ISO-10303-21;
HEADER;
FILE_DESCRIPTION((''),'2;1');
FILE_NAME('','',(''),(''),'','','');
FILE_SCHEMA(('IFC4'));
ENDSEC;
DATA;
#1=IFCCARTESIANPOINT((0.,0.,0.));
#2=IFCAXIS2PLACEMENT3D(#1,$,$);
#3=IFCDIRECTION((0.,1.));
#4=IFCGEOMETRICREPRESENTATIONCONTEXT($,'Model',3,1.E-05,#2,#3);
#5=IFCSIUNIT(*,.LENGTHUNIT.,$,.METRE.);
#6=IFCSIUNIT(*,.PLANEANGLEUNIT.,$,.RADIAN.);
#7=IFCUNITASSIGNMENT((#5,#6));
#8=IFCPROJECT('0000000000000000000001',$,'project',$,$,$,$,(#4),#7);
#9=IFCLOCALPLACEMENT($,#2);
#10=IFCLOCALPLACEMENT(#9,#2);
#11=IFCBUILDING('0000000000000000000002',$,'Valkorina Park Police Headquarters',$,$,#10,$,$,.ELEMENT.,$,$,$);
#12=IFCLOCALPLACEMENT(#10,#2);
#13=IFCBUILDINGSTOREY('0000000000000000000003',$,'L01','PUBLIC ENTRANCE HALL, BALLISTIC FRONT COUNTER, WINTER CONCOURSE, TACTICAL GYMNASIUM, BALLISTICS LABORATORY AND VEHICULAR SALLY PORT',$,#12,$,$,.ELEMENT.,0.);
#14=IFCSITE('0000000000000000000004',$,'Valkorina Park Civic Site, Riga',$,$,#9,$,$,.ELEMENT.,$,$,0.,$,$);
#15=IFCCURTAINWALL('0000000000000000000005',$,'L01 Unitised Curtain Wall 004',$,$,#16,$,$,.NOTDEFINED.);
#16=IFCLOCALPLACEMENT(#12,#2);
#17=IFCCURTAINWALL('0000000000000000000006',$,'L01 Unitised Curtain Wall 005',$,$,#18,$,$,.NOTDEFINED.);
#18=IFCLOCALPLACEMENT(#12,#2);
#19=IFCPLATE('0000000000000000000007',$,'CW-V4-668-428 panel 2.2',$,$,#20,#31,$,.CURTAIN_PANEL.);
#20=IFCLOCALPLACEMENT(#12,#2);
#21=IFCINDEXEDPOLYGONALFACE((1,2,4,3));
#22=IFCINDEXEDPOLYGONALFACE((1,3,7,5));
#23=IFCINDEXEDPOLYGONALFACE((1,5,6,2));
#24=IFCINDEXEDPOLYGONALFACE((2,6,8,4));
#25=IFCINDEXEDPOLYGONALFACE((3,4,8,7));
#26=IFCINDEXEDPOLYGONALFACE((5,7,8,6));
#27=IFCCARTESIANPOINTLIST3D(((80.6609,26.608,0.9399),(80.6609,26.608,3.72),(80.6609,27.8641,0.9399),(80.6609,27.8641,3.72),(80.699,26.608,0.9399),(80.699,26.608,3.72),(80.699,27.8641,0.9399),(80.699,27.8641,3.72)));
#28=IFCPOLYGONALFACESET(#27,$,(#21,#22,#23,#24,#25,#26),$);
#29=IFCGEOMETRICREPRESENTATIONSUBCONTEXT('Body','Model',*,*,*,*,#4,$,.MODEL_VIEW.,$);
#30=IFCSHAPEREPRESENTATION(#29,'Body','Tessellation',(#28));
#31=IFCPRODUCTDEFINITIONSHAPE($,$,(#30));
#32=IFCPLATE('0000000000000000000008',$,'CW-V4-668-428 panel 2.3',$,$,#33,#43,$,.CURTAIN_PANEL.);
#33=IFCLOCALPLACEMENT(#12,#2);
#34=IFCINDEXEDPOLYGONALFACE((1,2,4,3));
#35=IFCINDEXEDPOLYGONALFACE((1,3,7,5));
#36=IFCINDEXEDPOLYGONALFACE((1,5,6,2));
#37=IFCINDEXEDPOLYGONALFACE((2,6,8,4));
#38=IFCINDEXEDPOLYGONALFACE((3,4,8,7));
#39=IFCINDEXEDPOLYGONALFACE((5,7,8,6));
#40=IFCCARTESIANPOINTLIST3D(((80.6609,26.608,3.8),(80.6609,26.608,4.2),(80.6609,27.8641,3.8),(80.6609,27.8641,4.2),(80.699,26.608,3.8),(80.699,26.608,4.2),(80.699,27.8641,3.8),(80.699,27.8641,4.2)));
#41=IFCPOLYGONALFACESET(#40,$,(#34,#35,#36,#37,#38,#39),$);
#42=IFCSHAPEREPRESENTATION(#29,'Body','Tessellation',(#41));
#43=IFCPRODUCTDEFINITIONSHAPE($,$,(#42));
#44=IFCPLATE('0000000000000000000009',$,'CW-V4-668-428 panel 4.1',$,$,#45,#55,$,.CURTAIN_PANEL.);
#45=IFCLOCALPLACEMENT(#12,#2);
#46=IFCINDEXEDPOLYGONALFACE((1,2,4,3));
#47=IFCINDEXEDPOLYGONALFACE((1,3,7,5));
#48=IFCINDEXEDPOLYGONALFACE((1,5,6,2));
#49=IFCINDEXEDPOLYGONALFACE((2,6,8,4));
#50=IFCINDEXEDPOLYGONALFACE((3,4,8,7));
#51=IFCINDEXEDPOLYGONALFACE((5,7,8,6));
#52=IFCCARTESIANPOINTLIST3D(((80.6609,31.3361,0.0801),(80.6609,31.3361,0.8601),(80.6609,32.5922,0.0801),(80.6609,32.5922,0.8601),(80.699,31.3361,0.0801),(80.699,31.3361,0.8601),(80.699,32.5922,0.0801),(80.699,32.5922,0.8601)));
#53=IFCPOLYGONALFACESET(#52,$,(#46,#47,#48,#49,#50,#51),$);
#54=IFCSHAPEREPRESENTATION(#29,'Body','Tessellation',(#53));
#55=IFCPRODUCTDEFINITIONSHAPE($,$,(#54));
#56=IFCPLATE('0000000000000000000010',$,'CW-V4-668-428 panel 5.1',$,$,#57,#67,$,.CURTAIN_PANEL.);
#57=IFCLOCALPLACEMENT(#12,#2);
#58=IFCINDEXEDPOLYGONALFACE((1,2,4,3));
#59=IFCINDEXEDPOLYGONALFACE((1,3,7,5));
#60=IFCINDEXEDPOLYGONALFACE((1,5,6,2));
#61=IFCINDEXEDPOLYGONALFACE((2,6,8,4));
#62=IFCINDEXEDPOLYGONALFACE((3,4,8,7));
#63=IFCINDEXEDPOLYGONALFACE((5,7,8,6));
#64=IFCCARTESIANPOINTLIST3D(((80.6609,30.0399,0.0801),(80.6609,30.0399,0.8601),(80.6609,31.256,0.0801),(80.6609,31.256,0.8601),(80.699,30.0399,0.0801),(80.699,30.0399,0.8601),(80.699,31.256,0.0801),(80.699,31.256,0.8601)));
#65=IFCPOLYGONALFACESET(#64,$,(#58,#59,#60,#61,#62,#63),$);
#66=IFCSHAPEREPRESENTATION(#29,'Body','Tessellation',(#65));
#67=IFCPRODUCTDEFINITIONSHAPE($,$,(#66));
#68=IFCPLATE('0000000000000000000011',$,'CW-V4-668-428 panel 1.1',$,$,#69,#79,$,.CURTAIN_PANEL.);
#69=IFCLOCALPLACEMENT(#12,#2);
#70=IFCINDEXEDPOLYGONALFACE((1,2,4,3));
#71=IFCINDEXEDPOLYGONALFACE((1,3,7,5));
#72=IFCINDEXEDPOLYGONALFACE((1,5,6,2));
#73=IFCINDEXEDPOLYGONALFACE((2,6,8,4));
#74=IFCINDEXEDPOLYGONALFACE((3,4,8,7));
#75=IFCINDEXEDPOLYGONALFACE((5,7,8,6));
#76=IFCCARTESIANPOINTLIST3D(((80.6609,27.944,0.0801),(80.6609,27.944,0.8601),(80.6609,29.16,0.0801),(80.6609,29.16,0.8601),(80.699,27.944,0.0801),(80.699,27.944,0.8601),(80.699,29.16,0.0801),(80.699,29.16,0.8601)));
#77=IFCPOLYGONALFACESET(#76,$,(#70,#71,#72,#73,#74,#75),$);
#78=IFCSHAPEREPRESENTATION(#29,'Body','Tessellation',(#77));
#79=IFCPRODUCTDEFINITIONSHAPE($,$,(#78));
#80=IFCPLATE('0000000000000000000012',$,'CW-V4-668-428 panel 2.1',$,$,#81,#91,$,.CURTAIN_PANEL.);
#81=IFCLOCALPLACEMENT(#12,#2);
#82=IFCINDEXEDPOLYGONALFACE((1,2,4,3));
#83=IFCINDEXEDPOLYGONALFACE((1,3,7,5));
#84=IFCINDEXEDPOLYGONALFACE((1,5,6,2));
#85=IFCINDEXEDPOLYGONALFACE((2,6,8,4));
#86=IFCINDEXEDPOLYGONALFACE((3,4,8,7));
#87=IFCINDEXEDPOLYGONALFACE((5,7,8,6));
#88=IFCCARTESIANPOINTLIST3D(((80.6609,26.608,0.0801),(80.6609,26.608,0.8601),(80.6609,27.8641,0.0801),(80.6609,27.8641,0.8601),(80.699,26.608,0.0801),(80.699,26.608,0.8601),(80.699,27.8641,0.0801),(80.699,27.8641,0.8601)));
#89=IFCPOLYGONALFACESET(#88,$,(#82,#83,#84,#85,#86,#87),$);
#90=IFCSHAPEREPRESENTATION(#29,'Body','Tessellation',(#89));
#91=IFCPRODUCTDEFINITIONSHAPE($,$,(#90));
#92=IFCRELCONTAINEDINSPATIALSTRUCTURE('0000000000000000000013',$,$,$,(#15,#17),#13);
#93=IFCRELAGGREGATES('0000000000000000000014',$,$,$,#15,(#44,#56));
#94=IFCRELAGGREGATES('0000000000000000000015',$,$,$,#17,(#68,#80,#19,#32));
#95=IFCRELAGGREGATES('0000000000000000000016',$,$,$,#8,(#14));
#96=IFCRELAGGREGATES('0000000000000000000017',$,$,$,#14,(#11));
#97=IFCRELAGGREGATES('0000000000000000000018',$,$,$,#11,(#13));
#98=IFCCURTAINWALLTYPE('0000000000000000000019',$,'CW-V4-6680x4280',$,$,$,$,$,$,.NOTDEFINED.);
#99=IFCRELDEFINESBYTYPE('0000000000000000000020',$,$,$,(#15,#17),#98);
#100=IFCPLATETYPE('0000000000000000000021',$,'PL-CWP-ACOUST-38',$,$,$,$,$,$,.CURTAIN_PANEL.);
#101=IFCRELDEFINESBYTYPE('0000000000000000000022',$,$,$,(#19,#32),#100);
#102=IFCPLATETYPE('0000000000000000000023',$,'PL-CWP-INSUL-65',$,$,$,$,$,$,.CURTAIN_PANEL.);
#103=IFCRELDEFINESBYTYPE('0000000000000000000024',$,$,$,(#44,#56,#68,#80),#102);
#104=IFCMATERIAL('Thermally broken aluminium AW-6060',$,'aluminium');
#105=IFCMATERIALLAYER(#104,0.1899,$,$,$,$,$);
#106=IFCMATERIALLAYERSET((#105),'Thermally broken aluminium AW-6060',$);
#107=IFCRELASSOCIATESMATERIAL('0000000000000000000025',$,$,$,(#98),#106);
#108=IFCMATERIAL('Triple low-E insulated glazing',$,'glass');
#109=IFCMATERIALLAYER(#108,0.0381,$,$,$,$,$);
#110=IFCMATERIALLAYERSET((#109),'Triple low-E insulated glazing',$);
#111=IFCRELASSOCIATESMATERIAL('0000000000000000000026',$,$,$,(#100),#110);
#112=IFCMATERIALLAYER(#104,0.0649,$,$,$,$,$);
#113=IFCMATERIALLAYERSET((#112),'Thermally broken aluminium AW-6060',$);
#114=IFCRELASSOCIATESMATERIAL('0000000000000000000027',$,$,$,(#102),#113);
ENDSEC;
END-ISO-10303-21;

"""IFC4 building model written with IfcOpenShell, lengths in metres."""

from ifc_helpers import new_model, si_unit, direction, frame, origin, origin_2d, place, context, subcontext, project, spatial, rectangle, extrude, material, layer, layer_set, type_object, element, aggregate, save


model = new_model("IFC4")

# Units and contexts
model_context = context("Model", 3, precision=1e-05, world=origin(), true_north=direction((0.0, 1.0)))
body_context = subcontext(model_context, "Body", "Model", "MODEL_VIEW")
ifc_project = project(units=[si_unit("LENGTHUNIT", "METRE"), si_unit("PLANEANGLEUNIT", "RADIAN")], contexts=[model_context])

# Site, building, storey
site_placement = place(None, origin())
site = spatial("IfcSite", under=ifc_project, at=site_placement, Name="Valkorina Park Civic Site, Riga", CompositionType="ELEMENT", RefElevation=0.0)
building_placement = place(site_placement, origin())
building = spatial("IfcBuilding", under=site, at=building_placement, Name="Valkorina Park Police Headquarters", CompositionType="ELEMENT")
storey_placement = place(building_placement, origin())
storey = spatial("IfcBuildingStorey", under=building, at=storey_placement, Name="L01", Description="PUBLIC ENTRANCE HALL, BALLISTIC FRONT COUNTER, WINTER CONCOURSE, TACTICAL GYMNASIUM, BALLISTICS LABORATORY AND VEHICULAR SALLY PORT", CompositionType="ELEMENT", Elevation=0.0)

# Curtain walls
ifc_material_1 = material(Name="Thermally broken aluminium AW-6060", Category="aluminium")
ifc_layer_1 = layer(ifc_material_1, 0.1899)
ifc_layer_set_1 = layer_set([ifc_layer_1], Name="Thermally broken aluminium AW-6060")
curtain_wall_type = type_object("IfcCurtainWallType", Name="CW-V4-6680x4280", PredefinedType="NOTDEFINED", material=ifc_layer_set_1)
curtain_wall_1_placement = place(storey_placement, origin())
curtain_wall_1 = element("IfcCurtainWall", 1, at=curtain_wall_1_placement, inside=storey, type_object=curtain_wall_type, Name="L01 Unitised Curtain Wall 004", PredefinedType="NOTDEFINED")
curtain_wall_2_placement = place(storey_placement, origin())
curtain_wall_2 = element("IfcCurtainWall", 2, at=curtain_wall_2_placement, inside=storey, type_object=curtain_wall_type, Name="L01 Unitised Curtain Wall 005", PredefinedType="NOTDEFINED")

# Plates
ifc_material_2 = material(Name="Triple low-E insulated glazing", Category="glass")
ifc_layer_2 = layer(ifc_material_2, 0.0381)
ifc_layer_set_2 = layer_set([ifc_layer_2], Name="Triple low-E insulated glazing")
plate_type_1 = type_object("IfcPlateType", Name="PL-CWP-ACOUST-38", PredefinedType="CURTAIN_PANEL", material=ifc_layer_set_2)
plate_1_placement = place(storey_placement, frame((80.6799, 27.2361, 0.9399), z_axis=(0.0, 0.0, 1.0), x_axis=(0.0, -1.0, 0.0)))
plate_1 = element("IfcPlate", 3, at=plate_1_placement, type_object=plate_type_1, Name="CW-V4-668-428 panel 2.2", PredefinedType="CURTAIN_PANEL", context=body_context, shape_type="SweptSolid", body=[
    extrude(rectangle(XDim=1.2561, YDim=0.0381, at=origin_2d()), origin(), (0.0, 0.0, 1.0), 2.78),
])
plate_2_placement = place(storey_placement, frame((80.6799, 27.2361, 3.8), z_axis=(0.0, 0.0, 1.0), x_axis=(0.0, -1.0, 0.0)))
plate_2 = element("IfcPlate", 4, at=plate_2_placement, type_object=plate_type_1, Name="CW-V4-668-428 panel 2.3", PredefinedType="CURTAIN_PANEL", context=body_context, shape_type="SweptSolid", body=[
    extrude(rectangle(XDim=1.2561, YDim=0.0381, at=origin_2d()), origin(), (0.0, 0.0, 1.0), 0.3999),
])
ifc_layer_3 = layer(ifc_material_1, 0.0649)
ifc_layer_set_3 = layer_set([ifc_layer_3], Name="Thermally broken aluminium AW-6060")
plate_type_2 = type_object("IfcPlateType", Name="PL-CWP-INSUL-65", PredefinedType="CURTAIN_PANEL", material=ifc_layer_set_3)
plate_3_placement = place(storey_placement, frame((80.6799, 31.9641, 0.0801), z_axis=(0.0, 0.0, 1.0), x_axis=(0.0, -1.0, 0.0)))
plate_3 = element("IfcPlate", 5, at=plate_3_placement, type_object=plate_type_2, Name="CW-V4-668-428 panel 4.1", PredefinedType="CURTAIN_PANEL", context=body_context, shape_type="SweptSolid", body=[
    extrude(rectangle(XDim=1.2561, YDim=0.0381, at=origin_2d()), origin(), (0.0, 0.0, 1.0), 0.78),
])
plate_4_placement = place(storey_placement, frame((80.6799, 30.6479, 0.0801), z_axis=(0.0, 0.0, 1.0), x_axis=(0.0, -1.0, 0.0)))
plate_4 = element("IfcPlate", 6, at=plate_4_placement, type_object=plate_type_2, Name="CW-V4-668-428 panel 5.1", PredefinedType="CURTAIN_PANEL", context=body_context, shape_type="SweptSolid", body=[
    extrude(rectangle(XDim=1.2161, YDim=0.0381, at=origin_2d()), origin(), (0.0, 0.0, 1.0), 0.78),
])
aggregate(curtain_wall_1, [plate_3, plate_4])
plate_5_placement = place(storey_placement, frame((80.6799, 28.552, 0.0801), z_axis=(0.0, 0.0, 1.0), x_axis=(0.0, -1.0, 0.0)))
plate_5 = element("IfcPlate", 7, at=plate_5_placement, type_object=plate_type_2, Name="CW-V4-668-428 panel 1.1", PredefinedType="CURTAIN_PANEL", context=body_context, shape_type="SweptSolid", body=[
    extrude(rectangle(XDim=1.2161, YDim=0.0381, at=origin_2d()), origin(), (0.0, 0.0, 1.0), 0.78),
])
plate_6_placement = place(storey_placement, frame((80.6799, 27.2361, 0.0801), z_axis=(0.0, 0.0, 1.0), x_axis=(0.0, -1.0, 0.0)))
plate_6 = element("IfcPlate", 8, at=plate_6_placement, type_object=plate_type_2, Name="CW-V4-668-428 panel 2.1", PredefinedType="CURTAIN_PANEL", context=body_context, shape_type="SweptSolid", body=[
    extrude(rectangle(XDim=1.2561, YDim=0.0381, at=origin_2d()), origin(), (0.0, 0.0, 1.0), 0.78),
])
aggregate(curtain_wall_2, [plate_5, plate_6, plate_1, plate_2])

save(model, "model.ifc")
